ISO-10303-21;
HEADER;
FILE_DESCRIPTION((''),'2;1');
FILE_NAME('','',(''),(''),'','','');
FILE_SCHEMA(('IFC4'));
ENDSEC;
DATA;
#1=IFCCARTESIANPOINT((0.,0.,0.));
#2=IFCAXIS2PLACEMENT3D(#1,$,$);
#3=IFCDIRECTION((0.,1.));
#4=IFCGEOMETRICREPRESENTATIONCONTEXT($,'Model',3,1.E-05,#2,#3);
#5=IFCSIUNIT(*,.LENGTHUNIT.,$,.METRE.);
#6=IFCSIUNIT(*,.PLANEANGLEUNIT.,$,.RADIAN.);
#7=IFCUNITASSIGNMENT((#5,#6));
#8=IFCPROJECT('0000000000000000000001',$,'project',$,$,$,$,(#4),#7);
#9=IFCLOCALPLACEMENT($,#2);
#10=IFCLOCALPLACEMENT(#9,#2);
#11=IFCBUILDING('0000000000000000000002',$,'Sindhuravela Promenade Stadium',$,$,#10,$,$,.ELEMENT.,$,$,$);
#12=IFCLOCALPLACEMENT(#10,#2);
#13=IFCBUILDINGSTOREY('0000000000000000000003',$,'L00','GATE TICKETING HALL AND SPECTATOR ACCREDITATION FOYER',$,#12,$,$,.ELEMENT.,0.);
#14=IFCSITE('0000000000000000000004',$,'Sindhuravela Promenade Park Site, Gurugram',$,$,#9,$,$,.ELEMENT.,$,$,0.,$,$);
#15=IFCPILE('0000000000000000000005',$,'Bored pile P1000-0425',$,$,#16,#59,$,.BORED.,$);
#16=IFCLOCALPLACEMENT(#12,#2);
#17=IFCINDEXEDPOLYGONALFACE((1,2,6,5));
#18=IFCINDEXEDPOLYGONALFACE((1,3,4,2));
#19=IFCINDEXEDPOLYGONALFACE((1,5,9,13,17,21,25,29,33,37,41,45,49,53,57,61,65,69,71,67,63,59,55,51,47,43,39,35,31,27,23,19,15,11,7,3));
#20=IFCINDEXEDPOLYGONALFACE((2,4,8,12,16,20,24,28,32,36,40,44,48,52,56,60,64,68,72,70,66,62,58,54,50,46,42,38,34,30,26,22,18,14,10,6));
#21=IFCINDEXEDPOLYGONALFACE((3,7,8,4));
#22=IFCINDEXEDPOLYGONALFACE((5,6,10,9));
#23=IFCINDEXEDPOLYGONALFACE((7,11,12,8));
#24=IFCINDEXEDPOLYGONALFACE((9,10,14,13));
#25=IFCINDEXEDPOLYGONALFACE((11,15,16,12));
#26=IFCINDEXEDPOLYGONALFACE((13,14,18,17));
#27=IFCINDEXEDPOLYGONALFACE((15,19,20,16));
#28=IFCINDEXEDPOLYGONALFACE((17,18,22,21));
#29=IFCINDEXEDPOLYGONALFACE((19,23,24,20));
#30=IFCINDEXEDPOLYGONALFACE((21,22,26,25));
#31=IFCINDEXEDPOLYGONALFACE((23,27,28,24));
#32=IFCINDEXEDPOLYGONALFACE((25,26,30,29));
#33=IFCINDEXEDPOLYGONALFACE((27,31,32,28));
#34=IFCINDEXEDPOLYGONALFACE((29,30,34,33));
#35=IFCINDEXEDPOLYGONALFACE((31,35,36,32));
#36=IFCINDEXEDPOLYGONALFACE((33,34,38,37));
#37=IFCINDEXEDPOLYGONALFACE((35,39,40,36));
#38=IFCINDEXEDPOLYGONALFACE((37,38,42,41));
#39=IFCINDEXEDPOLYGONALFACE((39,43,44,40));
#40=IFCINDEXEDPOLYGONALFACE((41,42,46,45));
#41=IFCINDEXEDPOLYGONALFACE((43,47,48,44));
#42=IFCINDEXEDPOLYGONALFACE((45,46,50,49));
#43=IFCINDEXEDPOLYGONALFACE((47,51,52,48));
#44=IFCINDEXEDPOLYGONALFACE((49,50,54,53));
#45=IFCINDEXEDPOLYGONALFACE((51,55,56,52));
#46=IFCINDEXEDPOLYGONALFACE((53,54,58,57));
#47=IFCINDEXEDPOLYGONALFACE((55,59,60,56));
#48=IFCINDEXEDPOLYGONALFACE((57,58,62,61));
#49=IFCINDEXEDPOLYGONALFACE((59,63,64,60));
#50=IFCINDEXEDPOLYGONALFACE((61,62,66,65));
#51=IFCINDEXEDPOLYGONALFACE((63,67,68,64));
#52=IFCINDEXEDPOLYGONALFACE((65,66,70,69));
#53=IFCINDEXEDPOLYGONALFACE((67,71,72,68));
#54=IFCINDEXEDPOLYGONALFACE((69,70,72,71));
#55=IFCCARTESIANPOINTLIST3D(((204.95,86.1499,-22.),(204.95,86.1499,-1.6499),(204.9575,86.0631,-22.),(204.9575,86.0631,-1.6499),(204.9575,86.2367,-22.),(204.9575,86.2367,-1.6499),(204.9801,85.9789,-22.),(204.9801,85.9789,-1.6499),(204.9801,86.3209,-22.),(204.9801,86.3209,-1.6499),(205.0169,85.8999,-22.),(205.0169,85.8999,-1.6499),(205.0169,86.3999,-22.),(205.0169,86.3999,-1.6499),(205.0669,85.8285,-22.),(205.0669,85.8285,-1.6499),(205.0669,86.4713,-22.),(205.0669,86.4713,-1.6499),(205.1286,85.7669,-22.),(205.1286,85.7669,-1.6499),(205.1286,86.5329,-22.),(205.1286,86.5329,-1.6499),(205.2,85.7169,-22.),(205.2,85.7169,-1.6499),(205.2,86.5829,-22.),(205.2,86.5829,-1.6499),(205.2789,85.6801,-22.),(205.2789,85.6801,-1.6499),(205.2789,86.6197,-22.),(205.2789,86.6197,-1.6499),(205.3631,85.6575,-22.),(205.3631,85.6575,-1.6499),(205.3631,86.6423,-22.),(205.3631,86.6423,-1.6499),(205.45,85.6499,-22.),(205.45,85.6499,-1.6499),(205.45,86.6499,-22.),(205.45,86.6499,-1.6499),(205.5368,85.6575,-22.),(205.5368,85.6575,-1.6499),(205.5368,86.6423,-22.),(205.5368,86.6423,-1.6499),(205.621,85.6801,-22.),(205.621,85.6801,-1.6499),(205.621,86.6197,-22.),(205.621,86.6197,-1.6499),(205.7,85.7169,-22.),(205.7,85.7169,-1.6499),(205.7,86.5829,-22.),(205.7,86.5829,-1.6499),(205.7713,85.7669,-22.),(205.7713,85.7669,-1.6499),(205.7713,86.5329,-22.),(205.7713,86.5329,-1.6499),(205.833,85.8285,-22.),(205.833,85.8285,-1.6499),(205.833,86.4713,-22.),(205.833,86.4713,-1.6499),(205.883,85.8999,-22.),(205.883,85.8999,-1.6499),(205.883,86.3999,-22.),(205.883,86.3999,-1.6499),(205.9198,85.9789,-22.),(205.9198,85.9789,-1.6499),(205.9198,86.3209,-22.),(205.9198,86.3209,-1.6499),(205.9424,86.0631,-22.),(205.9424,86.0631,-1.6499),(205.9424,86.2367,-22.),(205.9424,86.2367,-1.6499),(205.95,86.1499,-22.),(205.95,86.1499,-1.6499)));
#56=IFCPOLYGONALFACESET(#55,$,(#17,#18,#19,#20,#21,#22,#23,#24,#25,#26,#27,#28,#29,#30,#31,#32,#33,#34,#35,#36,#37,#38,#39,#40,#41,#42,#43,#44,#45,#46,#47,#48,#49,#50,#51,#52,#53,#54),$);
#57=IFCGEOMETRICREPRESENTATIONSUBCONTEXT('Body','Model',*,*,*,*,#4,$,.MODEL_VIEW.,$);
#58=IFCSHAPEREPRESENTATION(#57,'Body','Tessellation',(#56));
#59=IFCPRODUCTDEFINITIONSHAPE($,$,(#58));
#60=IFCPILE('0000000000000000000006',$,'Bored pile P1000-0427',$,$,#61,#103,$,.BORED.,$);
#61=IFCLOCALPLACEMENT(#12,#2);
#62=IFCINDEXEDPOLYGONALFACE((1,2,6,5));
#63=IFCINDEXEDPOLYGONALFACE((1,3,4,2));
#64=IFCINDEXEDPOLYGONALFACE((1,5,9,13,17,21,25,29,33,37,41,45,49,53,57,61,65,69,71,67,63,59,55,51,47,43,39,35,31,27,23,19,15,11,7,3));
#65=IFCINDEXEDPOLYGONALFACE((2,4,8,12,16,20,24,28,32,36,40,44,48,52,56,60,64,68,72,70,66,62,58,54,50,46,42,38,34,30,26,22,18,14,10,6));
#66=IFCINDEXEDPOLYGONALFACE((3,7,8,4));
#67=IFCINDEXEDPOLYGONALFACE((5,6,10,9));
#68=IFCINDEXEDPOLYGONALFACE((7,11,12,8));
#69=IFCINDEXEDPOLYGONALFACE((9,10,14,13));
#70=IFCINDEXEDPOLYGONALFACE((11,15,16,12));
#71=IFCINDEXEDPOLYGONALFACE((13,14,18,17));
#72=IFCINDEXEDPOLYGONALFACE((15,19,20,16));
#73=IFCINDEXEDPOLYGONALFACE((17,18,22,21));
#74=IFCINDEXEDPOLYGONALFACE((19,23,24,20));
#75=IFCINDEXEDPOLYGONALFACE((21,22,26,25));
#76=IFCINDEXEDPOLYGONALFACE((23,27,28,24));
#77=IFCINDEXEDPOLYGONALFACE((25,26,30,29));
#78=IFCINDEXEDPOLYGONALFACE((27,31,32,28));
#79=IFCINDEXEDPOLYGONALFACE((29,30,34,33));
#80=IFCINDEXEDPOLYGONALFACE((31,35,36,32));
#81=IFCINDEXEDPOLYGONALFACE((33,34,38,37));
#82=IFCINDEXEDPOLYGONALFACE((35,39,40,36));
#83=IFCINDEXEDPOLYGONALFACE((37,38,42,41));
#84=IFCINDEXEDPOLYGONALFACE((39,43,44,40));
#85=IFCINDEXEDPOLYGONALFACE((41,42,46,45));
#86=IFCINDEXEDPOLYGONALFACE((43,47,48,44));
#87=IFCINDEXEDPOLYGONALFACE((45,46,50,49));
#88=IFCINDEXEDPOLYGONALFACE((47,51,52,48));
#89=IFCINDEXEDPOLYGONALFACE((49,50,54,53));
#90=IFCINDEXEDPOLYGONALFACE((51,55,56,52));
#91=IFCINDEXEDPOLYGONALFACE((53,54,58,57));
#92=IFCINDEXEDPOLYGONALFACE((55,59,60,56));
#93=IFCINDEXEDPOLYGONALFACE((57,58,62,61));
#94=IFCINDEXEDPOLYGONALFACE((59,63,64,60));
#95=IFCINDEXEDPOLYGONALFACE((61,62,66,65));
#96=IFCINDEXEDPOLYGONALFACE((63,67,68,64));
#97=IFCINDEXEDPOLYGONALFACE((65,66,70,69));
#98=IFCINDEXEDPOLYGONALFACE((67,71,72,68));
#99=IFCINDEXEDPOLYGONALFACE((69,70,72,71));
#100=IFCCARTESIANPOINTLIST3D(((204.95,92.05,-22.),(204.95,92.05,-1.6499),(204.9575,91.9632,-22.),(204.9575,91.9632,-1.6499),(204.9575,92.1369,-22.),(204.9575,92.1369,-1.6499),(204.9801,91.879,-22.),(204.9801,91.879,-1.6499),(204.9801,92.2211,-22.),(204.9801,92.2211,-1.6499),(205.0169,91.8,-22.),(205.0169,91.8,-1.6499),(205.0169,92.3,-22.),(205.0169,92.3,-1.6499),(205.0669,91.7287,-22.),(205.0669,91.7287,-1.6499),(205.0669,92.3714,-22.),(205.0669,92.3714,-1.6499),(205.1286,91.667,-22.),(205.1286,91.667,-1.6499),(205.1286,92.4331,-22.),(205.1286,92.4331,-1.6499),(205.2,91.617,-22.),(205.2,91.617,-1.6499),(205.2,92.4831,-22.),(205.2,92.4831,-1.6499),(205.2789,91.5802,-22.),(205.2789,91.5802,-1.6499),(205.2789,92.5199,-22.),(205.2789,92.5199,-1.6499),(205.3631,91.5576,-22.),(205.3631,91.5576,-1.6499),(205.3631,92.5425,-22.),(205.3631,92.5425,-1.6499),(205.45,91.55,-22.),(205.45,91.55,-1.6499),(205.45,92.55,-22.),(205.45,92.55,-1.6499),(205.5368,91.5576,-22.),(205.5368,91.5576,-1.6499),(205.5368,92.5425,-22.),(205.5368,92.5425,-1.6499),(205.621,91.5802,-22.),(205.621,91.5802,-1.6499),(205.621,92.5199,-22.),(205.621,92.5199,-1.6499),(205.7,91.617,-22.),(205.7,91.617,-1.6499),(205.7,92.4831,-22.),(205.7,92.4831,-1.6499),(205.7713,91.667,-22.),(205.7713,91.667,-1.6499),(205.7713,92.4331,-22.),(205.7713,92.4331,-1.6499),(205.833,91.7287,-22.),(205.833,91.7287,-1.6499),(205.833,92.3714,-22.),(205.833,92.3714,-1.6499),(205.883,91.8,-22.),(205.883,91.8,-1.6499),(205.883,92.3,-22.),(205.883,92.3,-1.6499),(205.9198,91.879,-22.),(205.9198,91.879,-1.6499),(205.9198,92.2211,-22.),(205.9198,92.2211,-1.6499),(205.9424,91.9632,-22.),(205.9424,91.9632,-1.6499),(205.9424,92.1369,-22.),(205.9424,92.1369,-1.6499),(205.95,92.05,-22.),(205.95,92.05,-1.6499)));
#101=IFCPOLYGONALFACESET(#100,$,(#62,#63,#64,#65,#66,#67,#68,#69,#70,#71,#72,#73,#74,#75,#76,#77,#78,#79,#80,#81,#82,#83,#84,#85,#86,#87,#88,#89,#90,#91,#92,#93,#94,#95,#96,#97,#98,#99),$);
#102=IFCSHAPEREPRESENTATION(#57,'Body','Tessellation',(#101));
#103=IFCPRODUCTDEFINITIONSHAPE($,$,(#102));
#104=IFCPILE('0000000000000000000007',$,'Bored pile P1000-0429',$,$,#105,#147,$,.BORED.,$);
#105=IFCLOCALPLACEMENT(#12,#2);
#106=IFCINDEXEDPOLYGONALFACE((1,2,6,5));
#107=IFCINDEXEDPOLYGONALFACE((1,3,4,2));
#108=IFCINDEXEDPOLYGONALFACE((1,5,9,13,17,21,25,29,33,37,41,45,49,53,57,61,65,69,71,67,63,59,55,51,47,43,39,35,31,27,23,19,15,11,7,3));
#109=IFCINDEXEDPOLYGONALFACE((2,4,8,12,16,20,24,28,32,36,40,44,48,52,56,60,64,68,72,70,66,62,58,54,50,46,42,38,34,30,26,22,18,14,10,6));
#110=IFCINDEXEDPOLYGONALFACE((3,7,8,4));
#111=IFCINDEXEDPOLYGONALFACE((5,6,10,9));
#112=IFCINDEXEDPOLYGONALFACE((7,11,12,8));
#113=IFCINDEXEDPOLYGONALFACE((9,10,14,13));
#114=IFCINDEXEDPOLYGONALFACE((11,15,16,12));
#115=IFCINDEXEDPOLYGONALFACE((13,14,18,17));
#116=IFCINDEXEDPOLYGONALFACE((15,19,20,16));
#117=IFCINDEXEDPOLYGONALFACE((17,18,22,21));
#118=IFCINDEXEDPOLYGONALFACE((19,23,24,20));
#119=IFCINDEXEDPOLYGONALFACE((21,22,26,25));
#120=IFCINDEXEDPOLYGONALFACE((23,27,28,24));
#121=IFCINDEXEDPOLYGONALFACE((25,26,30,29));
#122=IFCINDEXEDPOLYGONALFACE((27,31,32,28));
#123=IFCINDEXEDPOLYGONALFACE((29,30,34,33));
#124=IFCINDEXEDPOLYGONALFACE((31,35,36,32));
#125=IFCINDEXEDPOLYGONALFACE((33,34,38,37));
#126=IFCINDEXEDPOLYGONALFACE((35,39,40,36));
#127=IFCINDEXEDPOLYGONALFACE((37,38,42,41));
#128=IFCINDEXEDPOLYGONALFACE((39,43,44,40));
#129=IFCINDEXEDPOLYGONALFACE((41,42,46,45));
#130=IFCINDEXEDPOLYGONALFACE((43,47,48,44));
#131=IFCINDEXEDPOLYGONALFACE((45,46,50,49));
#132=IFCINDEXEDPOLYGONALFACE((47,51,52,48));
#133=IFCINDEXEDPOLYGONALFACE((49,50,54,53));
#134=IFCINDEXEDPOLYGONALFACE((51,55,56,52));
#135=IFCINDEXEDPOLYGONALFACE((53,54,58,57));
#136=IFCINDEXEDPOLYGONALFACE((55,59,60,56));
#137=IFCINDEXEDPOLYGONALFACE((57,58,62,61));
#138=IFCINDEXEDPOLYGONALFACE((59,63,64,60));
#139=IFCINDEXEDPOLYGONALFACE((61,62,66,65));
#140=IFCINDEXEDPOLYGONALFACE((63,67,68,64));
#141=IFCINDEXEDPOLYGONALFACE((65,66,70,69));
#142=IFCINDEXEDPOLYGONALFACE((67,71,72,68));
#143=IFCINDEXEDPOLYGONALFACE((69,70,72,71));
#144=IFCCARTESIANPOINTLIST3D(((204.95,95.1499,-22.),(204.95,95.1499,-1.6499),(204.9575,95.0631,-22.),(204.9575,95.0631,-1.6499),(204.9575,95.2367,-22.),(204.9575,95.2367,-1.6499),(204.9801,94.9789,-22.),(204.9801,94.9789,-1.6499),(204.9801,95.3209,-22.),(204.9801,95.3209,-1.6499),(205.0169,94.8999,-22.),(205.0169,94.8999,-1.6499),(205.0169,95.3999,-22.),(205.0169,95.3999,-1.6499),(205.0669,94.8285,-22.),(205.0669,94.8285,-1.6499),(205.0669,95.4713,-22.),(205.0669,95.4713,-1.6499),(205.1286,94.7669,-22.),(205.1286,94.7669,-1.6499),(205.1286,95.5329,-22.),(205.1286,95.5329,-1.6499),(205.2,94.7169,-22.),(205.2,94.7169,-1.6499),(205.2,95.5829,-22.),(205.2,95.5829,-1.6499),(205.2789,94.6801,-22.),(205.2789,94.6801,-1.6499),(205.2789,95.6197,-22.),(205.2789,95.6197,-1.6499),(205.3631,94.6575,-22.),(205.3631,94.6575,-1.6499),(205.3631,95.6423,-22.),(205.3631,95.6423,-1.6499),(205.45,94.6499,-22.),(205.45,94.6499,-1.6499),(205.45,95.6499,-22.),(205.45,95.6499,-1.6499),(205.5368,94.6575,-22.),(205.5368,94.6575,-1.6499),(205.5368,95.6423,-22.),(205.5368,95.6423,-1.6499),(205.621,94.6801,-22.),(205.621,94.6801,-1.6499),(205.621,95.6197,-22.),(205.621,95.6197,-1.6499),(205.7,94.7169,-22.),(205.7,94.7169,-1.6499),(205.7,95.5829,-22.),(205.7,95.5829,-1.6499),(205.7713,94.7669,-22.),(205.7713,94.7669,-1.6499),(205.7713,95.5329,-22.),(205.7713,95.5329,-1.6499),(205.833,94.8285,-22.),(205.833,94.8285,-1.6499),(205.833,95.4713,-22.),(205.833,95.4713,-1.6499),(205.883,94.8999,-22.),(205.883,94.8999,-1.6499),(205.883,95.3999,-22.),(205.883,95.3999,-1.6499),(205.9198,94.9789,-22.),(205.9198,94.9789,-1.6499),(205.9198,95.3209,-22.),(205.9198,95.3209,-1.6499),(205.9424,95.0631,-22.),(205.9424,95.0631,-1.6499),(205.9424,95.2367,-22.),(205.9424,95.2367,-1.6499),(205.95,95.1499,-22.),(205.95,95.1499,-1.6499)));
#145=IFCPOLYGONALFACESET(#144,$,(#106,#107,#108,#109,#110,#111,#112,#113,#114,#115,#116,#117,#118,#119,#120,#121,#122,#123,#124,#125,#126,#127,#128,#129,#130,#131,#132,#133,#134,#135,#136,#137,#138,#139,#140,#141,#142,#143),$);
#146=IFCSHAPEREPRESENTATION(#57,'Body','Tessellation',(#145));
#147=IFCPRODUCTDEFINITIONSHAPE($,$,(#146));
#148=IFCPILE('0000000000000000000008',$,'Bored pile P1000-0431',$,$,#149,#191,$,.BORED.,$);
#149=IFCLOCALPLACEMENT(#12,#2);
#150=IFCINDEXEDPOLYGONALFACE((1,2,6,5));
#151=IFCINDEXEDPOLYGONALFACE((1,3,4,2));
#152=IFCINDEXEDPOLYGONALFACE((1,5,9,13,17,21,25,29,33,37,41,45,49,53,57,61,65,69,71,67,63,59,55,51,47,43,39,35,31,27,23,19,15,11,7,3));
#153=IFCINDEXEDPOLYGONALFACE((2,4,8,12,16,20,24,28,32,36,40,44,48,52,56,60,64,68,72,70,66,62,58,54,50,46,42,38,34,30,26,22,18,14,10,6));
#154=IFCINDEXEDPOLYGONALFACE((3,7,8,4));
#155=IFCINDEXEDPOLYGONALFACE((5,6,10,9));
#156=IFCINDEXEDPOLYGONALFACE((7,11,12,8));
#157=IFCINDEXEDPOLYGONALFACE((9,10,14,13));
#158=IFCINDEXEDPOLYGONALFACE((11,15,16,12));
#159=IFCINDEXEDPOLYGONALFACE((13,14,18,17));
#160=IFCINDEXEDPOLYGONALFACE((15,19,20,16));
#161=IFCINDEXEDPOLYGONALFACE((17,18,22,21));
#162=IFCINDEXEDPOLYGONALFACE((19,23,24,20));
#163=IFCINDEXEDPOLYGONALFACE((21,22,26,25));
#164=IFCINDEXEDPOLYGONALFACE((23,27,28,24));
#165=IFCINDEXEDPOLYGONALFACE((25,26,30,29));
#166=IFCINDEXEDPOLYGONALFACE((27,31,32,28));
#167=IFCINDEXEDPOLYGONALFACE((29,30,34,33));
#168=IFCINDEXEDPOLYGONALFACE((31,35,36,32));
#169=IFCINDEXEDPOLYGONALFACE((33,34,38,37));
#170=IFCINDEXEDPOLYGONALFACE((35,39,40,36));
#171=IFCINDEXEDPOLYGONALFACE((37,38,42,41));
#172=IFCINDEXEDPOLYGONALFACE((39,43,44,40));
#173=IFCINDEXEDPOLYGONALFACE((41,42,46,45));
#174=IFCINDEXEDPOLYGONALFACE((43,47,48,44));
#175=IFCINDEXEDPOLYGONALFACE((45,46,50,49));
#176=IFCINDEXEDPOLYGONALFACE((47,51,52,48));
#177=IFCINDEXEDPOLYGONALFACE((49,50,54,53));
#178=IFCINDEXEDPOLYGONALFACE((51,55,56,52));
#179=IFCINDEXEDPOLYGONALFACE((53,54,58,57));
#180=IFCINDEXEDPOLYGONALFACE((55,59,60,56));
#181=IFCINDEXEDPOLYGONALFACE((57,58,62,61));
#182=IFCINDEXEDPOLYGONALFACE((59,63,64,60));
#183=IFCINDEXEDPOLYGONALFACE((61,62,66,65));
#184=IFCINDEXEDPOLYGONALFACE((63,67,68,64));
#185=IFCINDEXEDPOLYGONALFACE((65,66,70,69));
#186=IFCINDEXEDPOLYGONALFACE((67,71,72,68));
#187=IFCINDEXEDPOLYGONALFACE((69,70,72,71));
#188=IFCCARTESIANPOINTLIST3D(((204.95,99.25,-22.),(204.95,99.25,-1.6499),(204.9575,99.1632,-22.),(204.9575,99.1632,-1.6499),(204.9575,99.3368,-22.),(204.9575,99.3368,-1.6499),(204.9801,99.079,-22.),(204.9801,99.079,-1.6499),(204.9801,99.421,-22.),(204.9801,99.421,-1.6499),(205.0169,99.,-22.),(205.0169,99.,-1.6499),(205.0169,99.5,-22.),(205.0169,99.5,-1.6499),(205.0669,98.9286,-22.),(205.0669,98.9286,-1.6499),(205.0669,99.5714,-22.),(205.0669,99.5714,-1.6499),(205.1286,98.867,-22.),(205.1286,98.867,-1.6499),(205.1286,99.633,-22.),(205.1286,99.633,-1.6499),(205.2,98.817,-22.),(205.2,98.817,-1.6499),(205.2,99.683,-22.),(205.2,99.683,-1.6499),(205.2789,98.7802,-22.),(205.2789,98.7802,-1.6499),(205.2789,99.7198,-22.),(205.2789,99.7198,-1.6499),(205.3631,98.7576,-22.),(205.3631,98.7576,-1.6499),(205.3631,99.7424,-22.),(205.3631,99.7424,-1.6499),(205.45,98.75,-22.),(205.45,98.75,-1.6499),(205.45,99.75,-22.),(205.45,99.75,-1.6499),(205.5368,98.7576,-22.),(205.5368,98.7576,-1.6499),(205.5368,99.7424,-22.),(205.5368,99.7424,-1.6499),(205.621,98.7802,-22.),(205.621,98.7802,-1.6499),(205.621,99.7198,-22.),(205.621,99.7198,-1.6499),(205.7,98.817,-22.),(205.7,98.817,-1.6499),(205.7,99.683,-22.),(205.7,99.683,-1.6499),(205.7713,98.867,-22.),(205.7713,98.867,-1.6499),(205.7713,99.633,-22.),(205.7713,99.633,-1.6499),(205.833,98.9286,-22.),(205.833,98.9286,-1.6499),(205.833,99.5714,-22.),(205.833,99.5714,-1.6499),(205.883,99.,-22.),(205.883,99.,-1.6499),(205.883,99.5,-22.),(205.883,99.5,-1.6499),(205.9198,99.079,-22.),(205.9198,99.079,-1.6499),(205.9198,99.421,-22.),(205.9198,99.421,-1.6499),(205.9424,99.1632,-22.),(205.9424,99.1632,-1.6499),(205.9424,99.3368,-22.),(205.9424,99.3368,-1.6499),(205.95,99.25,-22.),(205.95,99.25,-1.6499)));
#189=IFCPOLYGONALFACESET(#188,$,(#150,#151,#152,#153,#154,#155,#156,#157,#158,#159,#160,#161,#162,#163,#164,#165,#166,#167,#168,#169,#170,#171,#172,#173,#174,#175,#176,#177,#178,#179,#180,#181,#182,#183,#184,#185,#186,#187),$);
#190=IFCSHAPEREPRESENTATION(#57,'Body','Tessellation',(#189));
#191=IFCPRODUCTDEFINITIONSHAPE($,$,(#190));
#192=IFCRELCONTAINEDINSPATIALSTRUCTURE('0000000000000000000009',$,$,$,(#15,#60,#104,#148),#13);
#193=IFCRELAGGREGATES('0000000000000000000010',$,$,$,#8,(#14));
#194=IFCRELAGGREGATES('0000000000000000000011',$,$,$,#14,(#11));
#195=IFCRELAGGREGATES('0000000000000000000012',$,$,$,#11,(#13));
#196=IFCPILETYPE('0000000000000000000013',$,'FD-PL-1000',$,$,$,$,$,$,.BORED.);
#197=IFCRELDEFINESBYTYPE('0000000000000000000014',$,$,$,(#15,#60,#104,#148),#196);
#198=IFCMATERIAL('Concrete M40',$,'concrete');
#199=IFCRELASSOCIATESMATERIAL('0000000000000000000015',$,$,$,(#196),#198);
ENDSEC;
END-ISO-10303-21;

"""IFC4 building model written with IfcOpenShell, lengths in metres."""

from ifc_helpers import new_model, si_unit, direction, frame, origin, origin_2d, place, context, subcontext, project, spatial, circle, extrude, material, material_profile, profile_set, type_object, element, save


model = new_model("IFC4")

# Units and contexts
model_context = context("Model", 3, precision=1e-05, world=origin(), true_north=direction((0.0, 1.0)))
body_context = subcontext(model_context, "Body", "Model", "MODEL_VIEW")
ifc_project = project(units=[si_unit("LENGTHUNIT", "METRE"), si_unit("PLANEANGLEUNIT", "RADIAN")], contexts=[model_context])

# Site, building, storey
site_placement = place(None, origin())
site = spatial("IfcSite", under=ifc_project, at=site_placement, Name="Sindhuravela Promenade Park Site, Gurugram", CompositionType="ELEMENT", RefElevation=0.0)
building_placement = place(site_placement, origin())
building = spatial("IfcBuilding", under=site, at=building_placement, Name="Sindhuravela Promenade Stadium", CompositionType="ELEMENT")
storey_placement = place(building_placement, origin())
storey = spatial("IfcBuildingStorey", under=building, at=storey_placement, Name="L00", Description="GATE TICKETING HALL AND SPECTATOR ACCREDITATION FOYER", CompositionType="ELEMENT", Elevation=0.0)

# Piles
ifc_material_1 = material(Name="Concrete M40", Category="concrete")
ifc_material_profile_1 = material_profile(ifc_material_1, circle(Radius=0.5, at=origin_2d()), Name="BORED PILE D1000")
ifc_profile_set_1 = profile_set([ifc_material_profile_1], Name="Concrete M40")
pile_type = type_object("IfcPileType", Name="FD-PL-1000", PredefinedType="BORED", material=ifc_profile_set_1)
for number, where, z_axis, x_axis, name in (
    (1, (205.45, 86.1499, -1.6499), (0.0, 0.0, -1.0), (1.0, 0.0, 0.0), "Bored pile P1000-0425"),
    (2, (205.45, 92.05, -1.6499), (0.0, 0.0, -1.0), (1.0, 0.0, 0.0), "Bored pile P1000-0427"),
    (3, (205.45, 95.1499, -1.6499), (0.0, 0.0, -1.0), (1.0, 0.0, 0.0), "Bored pile P1000-0429"),
    (4, (205.45, 99.25, -1.6499), (0.0, 0.0, -1.0), (1.0, 0.0, 0.0), "Bored pile P1000-0431"),
):
    element("IfcPile", number, at=place(storey_placement, frame(where, z_axis=z_axis, x_axis=x_axis)), inside=storey, type_object=pile_type, Name=name, PredefinedType="BORED", context=body_context, shape_type="SweptSolid", body=[
        extrude(circle(Radius=0.5, at=origin_2d()), origin(), (0.0, 0.0, 1.0), 20.3501),
    ])

save(model, "model.ifc")
